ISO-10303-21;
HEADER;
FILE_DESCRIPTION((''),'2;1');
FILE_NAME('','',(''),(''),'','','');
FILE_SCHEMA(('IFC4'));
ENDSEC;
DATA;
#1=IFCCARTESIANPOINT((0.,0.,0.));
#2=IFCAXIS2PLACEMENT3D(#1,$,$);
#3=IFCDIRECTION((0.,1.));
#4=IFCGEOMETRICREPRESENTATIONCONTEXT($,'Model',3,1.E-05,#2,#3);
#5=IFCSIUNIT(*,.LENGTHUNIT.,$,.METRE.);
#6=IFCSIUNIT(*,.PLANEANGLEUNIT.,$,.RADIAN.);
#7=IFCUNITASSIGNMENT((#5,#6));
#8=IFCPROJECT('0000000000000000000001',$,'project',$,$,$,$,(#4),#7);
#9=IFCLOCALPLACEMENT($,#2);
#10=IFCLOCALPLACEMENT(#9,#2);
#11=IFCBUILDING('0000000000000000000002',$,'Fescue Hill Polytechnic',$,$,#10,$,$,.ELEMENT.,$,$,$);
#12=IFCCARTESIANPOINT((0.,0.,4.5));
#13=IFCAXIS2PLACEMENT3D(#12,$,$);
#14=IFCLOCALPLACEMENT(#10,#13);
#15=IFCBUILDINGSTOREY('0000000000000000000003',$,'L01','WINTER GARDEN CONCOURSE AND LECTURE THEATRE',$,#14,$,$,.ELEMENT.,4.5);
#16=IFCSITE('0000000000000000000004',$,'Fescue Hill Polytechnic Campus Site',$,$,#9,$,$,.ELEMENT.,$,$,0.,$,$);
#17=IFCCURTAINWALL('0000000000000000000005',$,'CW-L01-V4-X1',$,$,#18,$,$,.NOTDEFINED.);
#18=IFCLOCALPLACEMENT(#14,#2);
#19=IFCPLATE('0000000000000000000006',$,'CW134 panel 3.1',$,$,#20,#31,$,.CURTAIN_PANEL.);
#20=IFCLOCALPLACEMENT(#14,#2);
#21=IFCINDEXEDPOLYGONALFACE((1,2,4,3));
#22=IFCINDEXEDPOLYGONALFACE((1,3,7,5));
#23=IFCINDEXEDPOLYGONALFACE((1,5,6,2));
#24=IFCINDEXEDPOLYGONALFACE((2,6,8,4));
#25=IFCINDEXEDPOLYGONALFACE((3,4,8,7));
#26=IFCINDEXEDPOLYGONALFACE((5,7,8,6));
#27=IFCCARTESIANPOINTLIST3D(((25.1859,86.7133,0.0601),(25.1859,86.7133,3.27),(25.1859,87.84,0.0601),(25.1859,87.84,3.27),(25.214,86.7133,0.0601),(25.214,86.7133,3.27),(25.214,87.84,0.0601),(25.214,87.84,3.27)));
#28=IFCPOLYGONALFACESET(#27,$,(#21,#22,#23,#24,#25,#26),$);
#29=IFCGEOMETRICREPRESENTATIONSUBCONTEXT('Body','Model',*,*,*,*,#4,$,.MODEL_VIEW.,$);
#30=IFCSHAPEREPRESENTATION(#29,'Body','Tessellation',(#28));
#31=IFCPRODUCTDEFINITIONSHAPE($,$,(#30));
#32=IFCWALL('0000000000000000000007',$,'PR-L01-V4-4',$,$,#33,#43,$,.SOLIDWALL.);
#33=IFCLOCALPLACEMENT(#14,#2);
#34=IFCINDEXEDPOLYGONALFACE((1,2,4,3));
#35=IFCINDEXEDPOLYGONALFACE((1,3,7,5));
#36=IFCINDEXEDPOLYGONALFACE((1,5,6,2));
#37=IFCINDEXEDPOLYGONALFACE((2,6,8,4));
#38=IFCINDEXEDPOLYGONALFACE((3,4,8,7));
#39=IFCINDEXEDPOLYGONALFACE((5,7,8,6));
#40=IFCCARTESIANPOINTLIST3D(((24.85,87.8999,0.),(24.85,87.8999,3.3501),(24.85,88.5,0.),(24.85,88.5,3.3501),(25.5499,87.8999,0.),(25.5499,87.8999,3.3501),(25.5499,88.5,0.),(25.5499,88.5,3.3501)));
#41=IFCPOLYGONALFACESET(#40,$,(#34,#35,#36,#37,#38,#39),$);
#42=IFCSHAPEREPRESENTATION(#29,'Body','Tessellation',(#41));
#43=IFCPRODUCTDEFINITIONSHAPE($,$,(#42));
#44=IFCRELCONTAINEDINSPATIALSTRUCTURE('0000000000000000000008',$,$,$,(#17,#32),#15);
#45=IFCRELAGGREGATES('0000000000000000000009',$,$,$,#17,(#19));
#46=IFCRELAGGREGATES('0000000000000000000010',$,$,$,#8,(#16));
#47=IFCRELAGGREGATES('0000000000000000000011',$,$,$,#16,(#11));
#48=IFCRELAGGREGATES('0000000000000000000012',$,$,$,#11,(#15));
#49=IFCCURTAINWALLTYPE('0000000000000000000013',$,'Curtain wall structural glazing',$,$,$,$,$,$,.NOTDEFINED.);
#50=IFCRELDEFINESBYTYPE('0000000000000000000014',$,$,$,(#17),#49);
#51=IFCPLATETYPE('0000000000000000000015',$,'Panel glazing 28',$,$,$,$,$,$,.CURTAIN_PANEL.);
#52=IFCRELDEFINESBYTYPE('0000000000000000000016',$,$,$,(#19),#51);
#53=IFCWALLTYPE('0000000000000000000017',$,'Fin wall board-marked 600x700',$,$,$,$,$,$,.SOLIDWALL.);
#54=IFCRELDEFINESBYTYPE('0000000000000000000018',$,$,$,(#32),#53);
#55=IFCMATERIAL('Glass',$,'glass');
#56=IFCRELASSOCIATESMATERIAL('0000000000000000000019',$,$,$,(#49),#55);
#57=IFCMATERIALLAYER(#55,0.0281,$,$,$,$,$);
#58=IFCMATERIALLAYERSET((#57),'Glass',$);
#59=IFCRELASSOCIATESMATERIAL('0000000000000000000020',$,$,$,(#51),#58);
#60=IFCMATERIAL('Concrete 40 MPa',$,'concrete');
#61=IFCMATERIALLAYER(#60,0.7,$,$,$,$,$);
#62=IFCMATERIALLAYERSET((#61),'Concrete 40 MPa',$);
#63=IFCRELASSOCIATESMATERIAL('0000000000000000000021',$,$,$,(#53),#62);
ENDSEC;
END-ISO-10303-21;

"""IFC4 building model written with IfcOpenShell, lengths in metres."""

from ifc_helpers import new_model, si_unit, direction, frame, frame_2d, origin, origin_2d, place, context, subcontext, project, spatial, rectangle, extrude, material, layer, layer_set, type_object, element, aggregate, save


model = new_model("IFC4")

# Units and contexts
model_context = context("Model", 3, precision=1e-05, world=origin(), true_north=direction((0.0, 1.0)))
body_context = subcontext(model_context, "Body", "Model", "MODEL_VIEW")
ifc_project = project(units=[si_unit("LENGTHUNIT", "METRE"), si_unit("PLANEANGLEUNIT", "RADIAN")], contexts=[model_context])

# Site, building, storey
site_placement = place(None, origin())
site = spatial("IfcSite", under=ifc_project, at=site_placement, Name="Fescue Hill Polytechnic Campus Site", CompositionType="ELEMENT", RefElevation=0.0)
building_placement = place(site_placement, origin())
building = spatial("IfcBuilding", under=site, at=building_placement, Name="Fescue Hill Polytechnic", CompositionType="ELEMENT")
storey_placement = place(building_placement, frame((0.0, 0.0, 4.5)))
storey = spatial("IfcBuildingStorey", under=building, at=storey_placement, Name="L01", Description="WINTER GARDEN CONCOURSE AND LECTURE THEATRE", CompositionType="ELEMENT", Elevation=4.5)

# Curtain wall
ifc_material_1 = material(Name="Glass", Category="glass")
curtain_wall_type = type_object("IfcCurtainWallType", Name="Curtain wall structural glazing", PredefinedType="NOTDEFINED", material=ifc_material_1)
curtain_wall_placement = place(storey_placement, origin())
curtain_wall = element("IfcCurtainWall", 1, at=curtain_wall_placement, inside=storey, type_object=curtain_wall_type, Name="CW-L01-V4-X1", PredefinedType="NOTDEFINED")

# Plate
ifc_layer_1 = layer(ifc_material_1, 0.0281)
ifc_layer_set_1 = layer_set([ifc_layer_1], Name="Glass")
plate_type = type_object("IfcPlateType", Name="Panel glazing 28", PredefinedType="CURTAIN_PANEL", material=ifc_layer_set_1)
plate_1_placement = place(storey_placement, frame((25.2, 87.2766, 0.0601), z_axis=(0.0, 0.0, 1.0), x_axis=(0.0, 1.0, 0.0)))
plate_1 = element("IfcPlate", 2, at=plate_1_placement, type_object=plate_type, Name="CW134 panel 3.1", PredefinedType="CURTAIN_PANEL", context=body_context, shape_type="SweptSolid", body=[
    extrude(rectangle(XDim=1.1267, YDim=0.0281, at=origin_2d()), origin(), (0.0, 0.0, 1.0), 3.21),
])
aggregate(curtain_wall, [plate_1])

# Wall
ifc_material_2 = material(Name="Concrete 40 MPa", Category="concrete")
ifc_layer_2 = layer(ifc_material_2, 0.7)
ifc_layer_set_2 = layer_set([ifc_layer_2], Name="Concrete 40 MPa")
wall_type = type_object("IfcWallType", Name="Fin wall board-marked 600x700", PredefinedType="SOLIDWALL", material=ifc_layer_set_2)
wall_placement = place(storey_placement, frame((25.2, 87.8999, 0.0), z_axis=(0.0, 0.0, 1.0), x_axis=(0.0, 1.0, 0.0)))
element("IfcWall", 3, at=wall_placement, inside=storey, type_object=wall_type, Name="PR-L01-V4-4", PredefinedType="SOLIDWALL", context=body_context, shape_type="SweptSolid", body=[
    extrude(rectangle(XDim=0.6001, YDim=0.7, at=frame_2d((0.3, 0.0))), origin(), (0.0, 0.0, 1.0), 3.3501),
])

save(model, "model.ifc")
